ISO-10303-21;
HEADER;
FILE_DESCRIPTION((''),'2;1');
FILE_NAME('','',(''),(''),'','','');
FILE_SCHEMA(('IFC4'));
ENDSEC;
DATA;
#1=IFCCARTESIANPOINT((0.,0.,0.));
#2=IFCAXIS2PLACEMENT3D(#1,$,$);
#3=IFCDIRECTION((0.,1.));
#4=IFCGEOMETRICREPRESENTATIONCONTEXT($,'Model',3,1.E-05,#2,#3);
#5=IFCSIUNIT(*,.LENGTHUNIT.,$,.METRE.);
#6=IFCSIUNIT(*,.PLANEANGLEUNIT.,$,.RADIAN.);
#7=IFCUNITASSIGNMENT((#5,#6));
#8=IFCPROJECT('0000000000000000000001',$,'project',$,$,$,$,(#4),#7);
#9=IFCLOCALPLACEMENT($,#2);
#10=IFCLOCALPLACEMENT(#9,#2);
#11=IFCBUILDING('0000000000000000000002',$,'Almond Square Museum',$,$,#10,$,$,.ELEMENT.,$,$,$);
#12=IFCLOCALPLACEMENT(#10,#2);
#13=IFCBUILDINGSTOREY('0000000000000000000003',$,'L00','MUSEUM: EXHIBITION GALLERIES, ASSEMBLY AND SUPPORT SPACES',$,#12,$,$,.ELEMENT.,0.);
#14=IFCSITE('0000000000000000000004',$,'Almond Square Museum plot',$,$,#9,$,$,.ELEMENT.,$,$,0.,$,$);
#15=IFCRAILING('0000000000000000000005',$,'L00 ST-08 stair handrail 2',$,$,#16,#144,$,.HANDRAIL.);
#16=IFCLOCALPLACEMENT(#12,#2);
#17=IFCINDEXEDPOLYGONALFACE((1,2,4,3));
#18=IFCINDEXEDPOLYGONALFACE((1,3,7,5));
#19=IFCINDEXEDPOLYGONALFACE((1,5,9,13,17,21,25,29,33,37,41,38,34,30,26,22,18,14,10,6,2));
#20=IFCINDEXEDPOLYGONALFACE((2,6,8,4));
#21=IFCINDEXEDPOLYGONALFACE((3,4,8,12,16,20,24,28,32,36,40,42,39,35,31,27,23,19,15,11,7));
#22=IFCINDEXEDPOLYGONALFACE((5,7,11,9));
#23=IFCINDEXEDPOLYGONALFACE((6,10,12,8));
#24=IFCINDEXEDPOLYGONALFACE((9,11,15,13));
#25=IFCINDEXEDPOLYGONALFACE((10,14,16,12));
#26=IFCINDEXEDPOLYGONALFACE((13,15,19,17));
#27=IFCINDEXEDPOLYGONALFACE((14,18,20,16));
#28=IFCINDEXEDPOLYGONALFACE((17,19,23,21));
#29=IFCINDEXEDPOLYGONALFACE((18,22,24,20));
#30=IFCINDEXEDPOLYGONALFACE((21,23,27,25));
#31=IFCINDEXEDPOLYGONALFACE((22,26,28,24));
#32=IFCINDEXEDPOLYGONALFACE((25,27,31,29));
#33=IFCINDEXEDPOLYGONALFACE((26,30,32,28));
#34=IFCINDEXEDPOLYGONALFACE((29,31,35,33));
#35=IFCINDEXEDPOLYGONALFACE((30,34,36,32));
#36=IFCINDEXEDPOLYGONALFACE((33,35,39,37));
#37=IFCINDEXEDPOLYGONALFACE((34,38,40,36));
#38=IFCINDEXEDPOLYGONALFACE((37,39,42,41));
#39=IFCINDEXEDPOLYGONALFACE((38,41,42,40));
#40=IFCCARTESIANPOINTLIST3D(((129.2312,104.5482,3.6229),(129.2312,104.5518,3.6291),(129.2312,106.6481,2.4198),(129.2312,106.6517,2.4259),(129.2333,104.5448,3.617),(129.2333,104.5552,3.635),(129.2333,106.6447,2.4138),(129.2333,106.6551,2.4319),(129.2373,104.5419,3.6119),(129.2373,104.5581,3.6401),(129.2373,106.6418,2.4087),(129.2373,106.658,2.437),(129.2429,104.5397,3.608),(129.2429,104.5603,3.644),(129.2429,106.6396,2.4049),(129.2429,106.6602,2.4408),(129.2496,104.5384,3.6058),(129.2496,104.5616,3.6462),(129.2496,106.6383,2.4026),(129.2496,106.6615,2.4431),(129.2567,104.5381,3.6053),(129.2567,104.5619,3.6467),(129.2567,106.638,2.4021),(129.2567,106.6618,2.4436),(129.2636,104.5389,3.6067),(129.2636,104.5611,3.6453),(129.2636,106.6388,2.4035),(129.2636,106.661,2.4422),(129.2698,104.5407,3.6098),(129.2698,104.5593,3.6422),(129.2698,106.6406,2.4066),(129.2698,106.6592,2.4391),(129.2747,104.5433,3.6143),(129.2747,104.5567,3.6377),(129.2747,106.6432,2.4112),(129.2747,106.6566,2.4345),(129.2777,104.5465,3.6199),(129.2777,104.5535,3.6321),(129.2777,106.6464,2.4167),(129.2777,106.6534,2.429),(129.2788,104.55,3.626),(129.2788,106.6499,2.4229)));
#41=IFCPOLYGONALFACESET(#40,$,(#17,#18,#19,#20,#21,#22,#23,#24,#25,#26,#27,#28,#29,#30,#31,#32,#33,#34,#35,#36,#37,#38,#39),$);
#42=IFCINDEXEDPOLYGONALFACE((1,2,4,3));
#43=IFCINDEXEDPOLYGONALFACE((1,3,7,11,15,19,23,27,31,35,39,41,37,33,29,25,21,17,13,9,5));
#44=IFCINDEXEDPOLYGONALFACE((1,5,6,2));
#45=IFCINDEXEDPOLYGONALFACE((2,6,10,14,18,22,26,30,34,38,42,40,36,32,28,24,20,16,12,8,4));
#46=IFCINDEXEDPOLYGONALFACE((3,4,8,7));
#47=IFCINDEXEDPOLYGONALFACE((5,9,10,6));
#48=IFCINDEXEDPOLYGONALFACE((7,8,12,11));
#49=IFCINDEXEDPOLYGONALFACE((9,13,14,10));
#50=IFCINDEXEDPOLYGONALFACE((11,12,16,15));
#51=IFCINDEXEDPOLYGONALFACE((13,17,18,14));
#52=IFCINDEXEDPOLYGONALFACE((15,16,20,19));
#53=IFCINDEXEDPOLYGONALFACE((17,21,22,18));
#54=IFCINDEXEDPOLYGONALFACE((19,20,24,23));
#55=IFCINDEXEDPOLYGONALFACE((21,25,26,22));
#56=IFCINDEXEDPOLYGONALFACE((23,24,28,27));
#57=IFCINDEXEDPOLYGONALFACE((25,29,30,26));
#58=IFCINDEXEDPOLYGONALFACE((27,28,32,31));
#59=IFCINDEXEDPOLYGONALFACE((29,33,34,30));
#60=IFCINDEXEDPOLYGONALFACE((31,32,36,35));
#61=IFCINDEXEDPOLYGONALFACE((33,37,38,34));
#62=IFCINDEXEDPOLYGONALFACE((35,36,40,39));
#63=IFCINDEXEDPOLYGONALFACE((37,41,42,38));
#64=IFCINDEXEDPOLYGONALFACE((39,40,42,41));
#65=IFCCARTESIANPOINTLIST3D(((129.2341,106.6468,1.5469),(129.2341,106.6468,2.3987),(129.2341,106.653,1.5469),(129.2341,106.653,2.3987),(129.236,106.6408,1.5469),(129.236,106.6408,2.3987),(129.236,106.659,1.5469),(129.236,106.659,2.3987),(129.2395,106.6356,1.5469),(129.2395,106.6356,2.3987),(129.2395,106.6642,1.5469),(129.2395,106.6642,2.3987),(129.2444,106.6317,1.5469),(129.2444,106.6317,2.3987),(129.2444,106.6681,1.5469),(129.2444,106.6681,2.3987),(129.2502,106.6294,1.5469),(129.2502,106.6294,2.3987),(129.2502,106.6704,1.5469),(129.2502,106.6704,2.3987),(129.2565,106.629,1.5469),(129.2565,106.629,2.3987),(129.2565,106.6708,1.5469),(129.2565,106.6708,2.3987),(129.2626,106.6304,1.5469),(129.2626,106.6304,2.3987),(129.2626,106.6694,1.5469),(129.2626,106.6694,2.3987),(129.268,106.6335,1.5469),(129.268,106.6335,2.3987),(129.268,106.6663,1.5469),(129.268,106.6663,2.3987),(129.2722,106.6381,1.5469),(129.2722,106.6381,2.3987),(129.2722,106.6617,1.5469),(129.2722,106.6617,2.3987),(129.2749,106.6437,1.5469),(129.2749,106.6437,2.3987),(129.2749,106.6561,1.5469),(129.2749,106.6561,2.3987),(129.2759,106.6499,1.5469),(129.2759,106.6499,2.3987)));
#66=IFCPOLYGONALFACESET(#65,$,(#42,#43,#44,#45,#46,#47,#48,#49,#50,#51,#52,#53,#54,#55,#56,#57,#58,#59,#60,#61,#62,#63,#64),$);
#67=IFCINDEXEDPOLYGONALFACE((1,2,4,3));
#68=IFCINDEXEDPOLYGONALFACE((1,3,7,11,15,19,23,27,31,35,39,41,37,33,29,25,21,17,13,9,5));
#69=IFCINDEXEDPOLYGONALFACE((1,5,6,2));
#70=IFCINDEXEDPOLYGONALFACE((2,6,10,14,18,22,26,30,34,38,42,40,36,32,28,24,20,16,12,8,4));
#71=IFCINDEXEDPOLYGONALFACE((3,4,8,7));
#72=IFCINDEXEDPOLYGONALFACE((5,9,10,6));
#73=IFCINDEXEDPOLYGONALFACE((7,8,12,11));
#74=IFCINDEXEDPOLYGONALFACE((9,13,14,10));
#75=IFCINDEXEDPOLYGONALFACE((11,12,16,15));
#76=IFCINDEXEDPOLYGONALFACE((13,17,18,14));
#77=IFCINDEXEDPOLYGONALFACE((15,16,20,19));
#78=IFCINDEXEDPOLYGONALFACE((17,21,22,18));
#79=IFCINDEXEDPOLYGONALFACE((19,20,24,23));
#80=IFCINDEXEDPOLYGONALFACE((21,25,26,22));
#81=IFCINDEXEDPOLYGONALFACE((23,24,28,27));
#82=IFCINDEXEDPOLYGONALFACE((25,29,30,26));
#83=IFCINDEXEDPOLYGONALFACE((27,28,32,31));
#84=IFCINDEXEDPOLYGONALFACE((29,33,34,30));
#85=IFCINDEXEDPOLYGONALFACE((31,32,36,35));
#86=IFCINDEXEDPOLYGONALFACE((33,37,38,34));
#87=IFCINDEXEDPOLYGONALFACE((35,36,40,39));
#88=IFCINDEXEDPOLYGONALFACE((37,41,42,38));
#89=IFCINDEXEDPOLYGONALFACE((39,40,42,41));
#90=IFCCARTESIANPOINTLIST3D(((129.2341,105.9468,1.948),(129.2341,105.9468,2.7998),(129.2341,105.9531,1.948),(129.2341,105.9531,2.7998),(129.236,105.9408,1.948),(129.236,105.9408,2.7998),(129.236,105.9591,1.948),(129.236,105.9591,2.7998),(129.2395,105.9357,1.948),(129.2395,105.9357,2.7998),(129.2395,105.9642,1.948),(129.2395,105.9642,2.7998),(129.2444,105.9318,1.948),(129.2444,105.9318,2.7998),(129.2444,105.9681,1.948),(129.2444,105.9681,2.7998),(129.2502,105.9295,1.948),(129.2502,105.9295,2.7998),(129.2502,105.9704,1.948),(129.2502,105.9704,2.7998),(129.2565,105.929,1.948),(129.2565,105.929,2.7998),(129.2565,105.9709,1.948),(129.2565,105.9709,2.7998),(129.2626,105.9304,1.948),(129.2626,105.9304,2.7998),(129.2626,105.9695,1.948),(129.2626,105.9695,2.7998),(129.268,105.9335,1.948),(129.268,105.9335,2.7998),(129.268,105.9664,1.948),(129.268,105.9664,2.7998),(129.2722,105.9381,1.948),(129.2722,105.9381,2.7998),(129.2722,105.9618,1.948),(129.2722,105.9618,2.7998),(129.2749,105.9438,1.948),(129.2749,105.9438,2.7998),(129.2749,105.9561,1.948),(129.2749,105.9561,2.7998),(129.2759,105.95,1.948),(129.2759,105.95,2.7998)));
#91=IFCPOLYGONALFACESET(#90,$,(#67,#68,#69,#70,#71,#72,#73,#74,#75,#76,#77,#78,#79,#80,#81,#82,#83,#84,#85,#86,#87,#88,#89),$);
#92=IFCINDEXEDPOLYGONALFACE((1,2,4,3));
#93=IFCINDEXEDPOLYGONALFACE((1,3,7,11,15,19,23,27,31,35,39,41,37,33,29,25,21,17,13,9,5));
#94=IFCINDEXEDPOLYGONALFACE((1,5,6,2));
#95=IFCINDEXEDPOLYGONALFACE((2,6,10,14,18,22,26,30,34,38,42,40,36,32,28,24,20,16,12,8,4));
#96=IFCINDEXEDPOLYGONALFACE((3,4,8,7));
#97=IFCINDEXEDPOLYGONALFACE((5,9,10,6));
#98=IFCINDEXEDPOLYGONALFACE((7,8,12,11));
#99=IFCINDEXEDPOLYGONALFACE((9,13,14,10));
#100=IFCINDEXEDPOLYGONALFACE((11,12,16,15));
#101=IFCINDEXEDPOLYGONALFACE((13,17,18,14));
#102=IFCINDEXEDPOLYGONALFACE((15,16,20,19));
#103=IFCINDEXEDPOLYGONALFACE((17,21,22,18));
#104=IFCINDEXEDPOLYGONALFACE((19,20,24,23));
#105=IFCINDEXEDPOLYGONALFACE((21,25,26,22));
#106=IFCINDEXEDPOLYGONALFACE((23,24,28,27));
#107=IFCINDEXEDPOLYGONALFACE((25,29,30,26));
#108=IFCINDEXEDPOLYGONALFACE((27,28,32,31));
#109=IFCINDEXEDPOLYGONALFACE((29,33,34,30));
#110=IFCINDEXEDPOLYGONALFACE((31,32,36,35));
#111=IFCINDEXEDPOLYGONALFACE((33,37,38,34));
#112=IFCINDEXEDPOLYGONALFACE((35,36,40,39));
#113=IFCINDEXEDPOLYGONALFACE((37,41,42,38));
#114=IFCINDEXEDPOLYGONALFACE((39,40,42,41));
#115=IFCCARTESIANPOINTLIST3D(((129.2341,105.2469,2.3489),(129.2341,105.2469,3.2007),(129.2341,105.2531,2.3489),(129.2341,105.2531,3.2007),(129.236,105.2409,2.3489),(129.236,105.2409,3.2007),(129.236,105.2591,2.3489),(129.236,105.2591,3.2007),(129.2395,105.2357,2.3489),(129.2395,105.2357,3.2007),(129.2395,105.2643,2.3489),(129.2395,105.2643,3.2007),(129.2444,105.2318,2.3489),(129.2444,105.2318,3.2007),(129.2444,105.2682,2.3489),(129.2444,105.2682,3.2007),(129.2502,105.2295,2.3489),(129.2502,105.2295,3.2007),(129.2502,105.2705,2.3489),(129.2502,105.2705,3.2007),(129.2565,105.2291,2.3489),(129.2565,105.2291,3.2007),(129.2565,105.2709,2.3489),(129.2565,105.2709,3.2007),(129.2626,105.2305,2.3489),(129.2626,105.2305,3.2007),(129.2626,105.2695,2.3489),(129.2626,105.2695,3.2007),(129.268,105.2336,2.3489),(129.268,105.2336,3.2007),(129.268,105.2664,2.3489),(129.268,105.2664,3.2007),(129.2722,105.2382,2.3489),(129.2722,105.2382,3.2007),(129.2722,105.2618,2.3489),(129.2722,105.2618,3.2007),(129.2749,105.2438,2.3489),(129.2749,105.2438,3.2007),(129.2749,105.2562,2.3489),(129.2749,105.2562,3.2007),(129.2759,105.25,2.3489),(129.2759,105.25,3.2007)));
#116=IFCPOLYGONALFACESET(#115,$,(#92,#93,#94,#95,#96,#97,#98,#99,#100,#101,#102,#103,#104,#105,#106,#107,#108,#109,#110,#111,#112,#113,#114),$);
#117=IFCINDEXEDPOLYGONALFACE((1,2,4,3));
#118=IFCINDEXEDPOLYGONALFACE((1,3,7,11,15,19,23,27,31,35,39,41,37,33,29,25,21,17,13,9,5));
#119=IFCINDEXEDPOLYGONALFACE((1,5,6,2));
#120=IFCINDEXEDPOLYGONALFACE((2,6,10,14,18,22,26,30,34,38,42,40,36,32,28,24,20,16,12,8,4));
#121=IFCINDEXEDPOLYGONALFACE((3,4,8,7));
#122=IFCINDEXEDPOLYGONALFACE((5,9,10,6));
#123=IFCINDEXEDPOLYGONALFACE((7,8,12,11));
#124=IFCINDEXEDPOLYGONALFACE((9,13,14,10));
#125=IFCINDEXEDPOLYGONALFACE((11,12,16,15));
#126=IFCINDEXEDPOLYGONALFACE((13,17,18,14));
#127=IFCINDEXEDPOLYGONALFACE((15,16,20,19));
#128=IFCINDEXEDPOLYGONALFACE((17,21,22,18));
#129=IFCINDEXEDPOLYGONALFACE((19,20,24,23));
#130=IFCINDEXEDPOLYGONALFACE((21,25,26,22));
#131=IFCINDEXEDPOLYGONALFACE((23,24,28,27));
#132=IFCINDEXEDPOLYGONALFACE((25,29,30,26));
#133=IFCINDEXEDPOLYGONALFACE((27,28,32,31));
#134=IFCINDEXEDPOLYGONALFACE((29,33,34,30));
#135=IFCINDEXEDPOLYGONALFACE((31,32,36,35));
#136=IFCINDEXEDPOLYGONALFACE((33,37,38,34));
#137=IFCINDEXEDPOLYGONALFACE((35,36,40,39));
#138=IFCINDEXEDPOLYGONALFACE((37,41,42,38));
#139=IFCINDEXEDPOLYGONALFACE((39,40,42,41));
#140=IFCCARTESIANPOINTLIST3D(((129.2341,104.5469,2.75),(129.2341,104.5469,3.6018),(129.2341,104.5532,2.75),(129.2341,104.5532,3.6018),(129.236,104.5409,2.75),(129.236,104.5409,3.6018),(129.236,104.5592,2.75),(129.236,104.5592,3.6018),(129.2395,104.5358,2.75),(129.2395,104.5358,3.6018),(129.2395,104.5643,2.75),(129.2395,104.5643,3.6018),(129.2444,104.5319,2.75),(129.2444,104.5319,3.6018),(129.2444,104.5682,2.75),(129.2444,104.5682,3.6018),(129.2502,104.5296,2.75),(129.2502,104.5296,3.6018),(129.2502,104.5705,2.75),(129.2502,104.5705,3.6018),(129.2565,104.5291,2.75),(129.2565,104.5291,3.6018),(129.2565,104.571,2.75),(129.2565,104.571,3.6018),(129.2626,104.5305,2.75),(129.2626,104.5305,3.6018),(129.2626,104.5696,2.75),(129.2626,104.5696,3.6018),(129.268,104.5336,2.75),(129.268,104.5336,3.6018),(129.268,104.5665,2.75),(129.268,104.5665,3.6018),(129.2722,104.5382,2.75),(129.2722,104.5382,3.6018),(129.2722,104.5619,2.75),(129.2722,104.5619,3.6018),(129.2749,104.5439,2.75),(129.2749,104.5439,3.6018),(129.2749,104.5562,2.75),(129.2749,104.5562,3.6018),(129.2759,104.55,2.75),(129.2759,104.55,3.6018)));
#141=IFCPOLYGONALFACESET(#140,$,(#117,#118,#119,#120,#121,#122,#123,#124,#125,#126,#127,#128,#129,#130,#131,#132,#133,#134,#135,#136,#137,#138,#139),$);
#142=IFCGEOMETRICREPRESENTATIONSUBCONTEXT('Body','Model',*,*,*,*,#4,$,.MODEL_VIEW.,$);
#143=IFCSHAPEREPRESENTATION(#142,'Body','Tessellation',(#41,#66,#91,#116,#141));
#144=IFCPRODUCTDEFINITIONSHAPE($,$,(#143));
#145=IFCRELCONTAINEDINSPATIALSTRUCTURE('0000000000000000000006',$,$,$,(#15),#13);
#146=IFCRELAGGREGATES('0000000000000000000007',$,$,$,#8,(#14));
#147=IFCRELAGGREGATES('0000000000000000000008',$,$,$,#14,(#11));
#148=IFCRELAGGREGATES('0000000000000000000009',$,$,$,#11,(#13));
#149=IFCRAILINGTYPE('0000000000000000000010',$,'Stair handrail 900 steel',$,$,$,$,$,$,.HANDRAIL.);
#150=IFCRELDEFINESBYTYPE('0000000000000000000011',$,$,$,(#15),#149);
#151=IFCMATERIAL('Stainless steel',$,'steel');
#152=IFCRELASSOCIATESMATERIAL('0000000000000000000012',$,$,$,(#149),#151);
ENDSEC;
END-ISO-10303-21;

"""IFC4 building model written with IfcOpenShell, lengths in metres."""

from ifc_helpers import new_model, si_unit, direction, frame, origin, origin_2d, place, context, subcontext, project, spatial, circle, extrude, material, type_object, element, save


model = new_model("IFC4")

# Units and contexts
model_context = context("Model", 3, precision=1e-05, world=origin(), true_north=direction((0.0, 1.0)))
body_context = subcontext(model_context, "Body", "Model", "MODEL_VIEW")
ifc_project = project(units=[si_unit("LENGTHUNIT", "METRE"), si_unit("PLANEANGLEUNIT", "RADIAN")], contexts=[model_context])

# Site, building, storey
site_placement = place(None, origin())
site = spatial("IfcSite", under=ifc_project, at=site_placement, Name="Almond Square Museum plot", CompositionType="ELEMENT", RefElevation=0.0)
building_placement = place(site_placement, origin())
building = spatial("IfcBuilding", under=site, at=building_placement, Name="Almond Square Museum", CompositionType="ELEMENT")
storey_placement = place(building_placement, origin())
storey = spatial("IfcBuildingStorey", under=building, at=storey_placement, Name="L00", Description="MUSEUM: EXHIBITION GALLERIES, ASSEMBLY AND SUPPORT SPACES", CompositionType="ELEMENT", Elevation=0.0)

# Railing
ifc_material_1 = material(Name="Stainless steel", Category="steel")
railing_type_1 = type_object("IfcRailingType", Name="Stair handrail 900 steel", PredefinedType="HANDRAIL", material=ifc_material_1)
for number, where, name in (
    (1, (129.2549, 106.6499, 1.5469), "L00 ST-08 stair handrail 2"),
):
    element("IfcRailing", number, at=place(storey_placement, frame(where)), inside=storey, type_object=railing_type_1, Name=name, PredefinedType="HANDRAIL", context=body_context, shape_type="SweptSolid", body=[
        extrude(circle(Radius=0.0239, at=origin_2d()), frame((0.0, 0.0, 0.876), z_axis=(0.0, -0.867671, 0.497138), x_axis=(1.0, 0.0, 0.0)), (0.0, 0.0, 1.0), 2.4202),
        extrude(circle(Radius=0.021, at=origin_2d()), origin(), (0.0, 0.0, 1.0), 0.8518),
        extrude(circle(Radius=0.021, at=origin_2d()), frame((0.0, -0.7, 0.4011)), (0.0, 0.0, 1.0), 0.8518),
        extrude(circle(Radius=0.021, at=origin_2d()), frame((0.0, -1.3999, 0.802)), (0.0, 0.0, 1.0), 0.8518),
        extrude(circle(Radius=0.021, at=origin_2d()), frame((0.0, -2.0999, 1.2031)), (0.0, 0.0, 1.0), 0.8518),
    ])

save(model, "model.ifc")
